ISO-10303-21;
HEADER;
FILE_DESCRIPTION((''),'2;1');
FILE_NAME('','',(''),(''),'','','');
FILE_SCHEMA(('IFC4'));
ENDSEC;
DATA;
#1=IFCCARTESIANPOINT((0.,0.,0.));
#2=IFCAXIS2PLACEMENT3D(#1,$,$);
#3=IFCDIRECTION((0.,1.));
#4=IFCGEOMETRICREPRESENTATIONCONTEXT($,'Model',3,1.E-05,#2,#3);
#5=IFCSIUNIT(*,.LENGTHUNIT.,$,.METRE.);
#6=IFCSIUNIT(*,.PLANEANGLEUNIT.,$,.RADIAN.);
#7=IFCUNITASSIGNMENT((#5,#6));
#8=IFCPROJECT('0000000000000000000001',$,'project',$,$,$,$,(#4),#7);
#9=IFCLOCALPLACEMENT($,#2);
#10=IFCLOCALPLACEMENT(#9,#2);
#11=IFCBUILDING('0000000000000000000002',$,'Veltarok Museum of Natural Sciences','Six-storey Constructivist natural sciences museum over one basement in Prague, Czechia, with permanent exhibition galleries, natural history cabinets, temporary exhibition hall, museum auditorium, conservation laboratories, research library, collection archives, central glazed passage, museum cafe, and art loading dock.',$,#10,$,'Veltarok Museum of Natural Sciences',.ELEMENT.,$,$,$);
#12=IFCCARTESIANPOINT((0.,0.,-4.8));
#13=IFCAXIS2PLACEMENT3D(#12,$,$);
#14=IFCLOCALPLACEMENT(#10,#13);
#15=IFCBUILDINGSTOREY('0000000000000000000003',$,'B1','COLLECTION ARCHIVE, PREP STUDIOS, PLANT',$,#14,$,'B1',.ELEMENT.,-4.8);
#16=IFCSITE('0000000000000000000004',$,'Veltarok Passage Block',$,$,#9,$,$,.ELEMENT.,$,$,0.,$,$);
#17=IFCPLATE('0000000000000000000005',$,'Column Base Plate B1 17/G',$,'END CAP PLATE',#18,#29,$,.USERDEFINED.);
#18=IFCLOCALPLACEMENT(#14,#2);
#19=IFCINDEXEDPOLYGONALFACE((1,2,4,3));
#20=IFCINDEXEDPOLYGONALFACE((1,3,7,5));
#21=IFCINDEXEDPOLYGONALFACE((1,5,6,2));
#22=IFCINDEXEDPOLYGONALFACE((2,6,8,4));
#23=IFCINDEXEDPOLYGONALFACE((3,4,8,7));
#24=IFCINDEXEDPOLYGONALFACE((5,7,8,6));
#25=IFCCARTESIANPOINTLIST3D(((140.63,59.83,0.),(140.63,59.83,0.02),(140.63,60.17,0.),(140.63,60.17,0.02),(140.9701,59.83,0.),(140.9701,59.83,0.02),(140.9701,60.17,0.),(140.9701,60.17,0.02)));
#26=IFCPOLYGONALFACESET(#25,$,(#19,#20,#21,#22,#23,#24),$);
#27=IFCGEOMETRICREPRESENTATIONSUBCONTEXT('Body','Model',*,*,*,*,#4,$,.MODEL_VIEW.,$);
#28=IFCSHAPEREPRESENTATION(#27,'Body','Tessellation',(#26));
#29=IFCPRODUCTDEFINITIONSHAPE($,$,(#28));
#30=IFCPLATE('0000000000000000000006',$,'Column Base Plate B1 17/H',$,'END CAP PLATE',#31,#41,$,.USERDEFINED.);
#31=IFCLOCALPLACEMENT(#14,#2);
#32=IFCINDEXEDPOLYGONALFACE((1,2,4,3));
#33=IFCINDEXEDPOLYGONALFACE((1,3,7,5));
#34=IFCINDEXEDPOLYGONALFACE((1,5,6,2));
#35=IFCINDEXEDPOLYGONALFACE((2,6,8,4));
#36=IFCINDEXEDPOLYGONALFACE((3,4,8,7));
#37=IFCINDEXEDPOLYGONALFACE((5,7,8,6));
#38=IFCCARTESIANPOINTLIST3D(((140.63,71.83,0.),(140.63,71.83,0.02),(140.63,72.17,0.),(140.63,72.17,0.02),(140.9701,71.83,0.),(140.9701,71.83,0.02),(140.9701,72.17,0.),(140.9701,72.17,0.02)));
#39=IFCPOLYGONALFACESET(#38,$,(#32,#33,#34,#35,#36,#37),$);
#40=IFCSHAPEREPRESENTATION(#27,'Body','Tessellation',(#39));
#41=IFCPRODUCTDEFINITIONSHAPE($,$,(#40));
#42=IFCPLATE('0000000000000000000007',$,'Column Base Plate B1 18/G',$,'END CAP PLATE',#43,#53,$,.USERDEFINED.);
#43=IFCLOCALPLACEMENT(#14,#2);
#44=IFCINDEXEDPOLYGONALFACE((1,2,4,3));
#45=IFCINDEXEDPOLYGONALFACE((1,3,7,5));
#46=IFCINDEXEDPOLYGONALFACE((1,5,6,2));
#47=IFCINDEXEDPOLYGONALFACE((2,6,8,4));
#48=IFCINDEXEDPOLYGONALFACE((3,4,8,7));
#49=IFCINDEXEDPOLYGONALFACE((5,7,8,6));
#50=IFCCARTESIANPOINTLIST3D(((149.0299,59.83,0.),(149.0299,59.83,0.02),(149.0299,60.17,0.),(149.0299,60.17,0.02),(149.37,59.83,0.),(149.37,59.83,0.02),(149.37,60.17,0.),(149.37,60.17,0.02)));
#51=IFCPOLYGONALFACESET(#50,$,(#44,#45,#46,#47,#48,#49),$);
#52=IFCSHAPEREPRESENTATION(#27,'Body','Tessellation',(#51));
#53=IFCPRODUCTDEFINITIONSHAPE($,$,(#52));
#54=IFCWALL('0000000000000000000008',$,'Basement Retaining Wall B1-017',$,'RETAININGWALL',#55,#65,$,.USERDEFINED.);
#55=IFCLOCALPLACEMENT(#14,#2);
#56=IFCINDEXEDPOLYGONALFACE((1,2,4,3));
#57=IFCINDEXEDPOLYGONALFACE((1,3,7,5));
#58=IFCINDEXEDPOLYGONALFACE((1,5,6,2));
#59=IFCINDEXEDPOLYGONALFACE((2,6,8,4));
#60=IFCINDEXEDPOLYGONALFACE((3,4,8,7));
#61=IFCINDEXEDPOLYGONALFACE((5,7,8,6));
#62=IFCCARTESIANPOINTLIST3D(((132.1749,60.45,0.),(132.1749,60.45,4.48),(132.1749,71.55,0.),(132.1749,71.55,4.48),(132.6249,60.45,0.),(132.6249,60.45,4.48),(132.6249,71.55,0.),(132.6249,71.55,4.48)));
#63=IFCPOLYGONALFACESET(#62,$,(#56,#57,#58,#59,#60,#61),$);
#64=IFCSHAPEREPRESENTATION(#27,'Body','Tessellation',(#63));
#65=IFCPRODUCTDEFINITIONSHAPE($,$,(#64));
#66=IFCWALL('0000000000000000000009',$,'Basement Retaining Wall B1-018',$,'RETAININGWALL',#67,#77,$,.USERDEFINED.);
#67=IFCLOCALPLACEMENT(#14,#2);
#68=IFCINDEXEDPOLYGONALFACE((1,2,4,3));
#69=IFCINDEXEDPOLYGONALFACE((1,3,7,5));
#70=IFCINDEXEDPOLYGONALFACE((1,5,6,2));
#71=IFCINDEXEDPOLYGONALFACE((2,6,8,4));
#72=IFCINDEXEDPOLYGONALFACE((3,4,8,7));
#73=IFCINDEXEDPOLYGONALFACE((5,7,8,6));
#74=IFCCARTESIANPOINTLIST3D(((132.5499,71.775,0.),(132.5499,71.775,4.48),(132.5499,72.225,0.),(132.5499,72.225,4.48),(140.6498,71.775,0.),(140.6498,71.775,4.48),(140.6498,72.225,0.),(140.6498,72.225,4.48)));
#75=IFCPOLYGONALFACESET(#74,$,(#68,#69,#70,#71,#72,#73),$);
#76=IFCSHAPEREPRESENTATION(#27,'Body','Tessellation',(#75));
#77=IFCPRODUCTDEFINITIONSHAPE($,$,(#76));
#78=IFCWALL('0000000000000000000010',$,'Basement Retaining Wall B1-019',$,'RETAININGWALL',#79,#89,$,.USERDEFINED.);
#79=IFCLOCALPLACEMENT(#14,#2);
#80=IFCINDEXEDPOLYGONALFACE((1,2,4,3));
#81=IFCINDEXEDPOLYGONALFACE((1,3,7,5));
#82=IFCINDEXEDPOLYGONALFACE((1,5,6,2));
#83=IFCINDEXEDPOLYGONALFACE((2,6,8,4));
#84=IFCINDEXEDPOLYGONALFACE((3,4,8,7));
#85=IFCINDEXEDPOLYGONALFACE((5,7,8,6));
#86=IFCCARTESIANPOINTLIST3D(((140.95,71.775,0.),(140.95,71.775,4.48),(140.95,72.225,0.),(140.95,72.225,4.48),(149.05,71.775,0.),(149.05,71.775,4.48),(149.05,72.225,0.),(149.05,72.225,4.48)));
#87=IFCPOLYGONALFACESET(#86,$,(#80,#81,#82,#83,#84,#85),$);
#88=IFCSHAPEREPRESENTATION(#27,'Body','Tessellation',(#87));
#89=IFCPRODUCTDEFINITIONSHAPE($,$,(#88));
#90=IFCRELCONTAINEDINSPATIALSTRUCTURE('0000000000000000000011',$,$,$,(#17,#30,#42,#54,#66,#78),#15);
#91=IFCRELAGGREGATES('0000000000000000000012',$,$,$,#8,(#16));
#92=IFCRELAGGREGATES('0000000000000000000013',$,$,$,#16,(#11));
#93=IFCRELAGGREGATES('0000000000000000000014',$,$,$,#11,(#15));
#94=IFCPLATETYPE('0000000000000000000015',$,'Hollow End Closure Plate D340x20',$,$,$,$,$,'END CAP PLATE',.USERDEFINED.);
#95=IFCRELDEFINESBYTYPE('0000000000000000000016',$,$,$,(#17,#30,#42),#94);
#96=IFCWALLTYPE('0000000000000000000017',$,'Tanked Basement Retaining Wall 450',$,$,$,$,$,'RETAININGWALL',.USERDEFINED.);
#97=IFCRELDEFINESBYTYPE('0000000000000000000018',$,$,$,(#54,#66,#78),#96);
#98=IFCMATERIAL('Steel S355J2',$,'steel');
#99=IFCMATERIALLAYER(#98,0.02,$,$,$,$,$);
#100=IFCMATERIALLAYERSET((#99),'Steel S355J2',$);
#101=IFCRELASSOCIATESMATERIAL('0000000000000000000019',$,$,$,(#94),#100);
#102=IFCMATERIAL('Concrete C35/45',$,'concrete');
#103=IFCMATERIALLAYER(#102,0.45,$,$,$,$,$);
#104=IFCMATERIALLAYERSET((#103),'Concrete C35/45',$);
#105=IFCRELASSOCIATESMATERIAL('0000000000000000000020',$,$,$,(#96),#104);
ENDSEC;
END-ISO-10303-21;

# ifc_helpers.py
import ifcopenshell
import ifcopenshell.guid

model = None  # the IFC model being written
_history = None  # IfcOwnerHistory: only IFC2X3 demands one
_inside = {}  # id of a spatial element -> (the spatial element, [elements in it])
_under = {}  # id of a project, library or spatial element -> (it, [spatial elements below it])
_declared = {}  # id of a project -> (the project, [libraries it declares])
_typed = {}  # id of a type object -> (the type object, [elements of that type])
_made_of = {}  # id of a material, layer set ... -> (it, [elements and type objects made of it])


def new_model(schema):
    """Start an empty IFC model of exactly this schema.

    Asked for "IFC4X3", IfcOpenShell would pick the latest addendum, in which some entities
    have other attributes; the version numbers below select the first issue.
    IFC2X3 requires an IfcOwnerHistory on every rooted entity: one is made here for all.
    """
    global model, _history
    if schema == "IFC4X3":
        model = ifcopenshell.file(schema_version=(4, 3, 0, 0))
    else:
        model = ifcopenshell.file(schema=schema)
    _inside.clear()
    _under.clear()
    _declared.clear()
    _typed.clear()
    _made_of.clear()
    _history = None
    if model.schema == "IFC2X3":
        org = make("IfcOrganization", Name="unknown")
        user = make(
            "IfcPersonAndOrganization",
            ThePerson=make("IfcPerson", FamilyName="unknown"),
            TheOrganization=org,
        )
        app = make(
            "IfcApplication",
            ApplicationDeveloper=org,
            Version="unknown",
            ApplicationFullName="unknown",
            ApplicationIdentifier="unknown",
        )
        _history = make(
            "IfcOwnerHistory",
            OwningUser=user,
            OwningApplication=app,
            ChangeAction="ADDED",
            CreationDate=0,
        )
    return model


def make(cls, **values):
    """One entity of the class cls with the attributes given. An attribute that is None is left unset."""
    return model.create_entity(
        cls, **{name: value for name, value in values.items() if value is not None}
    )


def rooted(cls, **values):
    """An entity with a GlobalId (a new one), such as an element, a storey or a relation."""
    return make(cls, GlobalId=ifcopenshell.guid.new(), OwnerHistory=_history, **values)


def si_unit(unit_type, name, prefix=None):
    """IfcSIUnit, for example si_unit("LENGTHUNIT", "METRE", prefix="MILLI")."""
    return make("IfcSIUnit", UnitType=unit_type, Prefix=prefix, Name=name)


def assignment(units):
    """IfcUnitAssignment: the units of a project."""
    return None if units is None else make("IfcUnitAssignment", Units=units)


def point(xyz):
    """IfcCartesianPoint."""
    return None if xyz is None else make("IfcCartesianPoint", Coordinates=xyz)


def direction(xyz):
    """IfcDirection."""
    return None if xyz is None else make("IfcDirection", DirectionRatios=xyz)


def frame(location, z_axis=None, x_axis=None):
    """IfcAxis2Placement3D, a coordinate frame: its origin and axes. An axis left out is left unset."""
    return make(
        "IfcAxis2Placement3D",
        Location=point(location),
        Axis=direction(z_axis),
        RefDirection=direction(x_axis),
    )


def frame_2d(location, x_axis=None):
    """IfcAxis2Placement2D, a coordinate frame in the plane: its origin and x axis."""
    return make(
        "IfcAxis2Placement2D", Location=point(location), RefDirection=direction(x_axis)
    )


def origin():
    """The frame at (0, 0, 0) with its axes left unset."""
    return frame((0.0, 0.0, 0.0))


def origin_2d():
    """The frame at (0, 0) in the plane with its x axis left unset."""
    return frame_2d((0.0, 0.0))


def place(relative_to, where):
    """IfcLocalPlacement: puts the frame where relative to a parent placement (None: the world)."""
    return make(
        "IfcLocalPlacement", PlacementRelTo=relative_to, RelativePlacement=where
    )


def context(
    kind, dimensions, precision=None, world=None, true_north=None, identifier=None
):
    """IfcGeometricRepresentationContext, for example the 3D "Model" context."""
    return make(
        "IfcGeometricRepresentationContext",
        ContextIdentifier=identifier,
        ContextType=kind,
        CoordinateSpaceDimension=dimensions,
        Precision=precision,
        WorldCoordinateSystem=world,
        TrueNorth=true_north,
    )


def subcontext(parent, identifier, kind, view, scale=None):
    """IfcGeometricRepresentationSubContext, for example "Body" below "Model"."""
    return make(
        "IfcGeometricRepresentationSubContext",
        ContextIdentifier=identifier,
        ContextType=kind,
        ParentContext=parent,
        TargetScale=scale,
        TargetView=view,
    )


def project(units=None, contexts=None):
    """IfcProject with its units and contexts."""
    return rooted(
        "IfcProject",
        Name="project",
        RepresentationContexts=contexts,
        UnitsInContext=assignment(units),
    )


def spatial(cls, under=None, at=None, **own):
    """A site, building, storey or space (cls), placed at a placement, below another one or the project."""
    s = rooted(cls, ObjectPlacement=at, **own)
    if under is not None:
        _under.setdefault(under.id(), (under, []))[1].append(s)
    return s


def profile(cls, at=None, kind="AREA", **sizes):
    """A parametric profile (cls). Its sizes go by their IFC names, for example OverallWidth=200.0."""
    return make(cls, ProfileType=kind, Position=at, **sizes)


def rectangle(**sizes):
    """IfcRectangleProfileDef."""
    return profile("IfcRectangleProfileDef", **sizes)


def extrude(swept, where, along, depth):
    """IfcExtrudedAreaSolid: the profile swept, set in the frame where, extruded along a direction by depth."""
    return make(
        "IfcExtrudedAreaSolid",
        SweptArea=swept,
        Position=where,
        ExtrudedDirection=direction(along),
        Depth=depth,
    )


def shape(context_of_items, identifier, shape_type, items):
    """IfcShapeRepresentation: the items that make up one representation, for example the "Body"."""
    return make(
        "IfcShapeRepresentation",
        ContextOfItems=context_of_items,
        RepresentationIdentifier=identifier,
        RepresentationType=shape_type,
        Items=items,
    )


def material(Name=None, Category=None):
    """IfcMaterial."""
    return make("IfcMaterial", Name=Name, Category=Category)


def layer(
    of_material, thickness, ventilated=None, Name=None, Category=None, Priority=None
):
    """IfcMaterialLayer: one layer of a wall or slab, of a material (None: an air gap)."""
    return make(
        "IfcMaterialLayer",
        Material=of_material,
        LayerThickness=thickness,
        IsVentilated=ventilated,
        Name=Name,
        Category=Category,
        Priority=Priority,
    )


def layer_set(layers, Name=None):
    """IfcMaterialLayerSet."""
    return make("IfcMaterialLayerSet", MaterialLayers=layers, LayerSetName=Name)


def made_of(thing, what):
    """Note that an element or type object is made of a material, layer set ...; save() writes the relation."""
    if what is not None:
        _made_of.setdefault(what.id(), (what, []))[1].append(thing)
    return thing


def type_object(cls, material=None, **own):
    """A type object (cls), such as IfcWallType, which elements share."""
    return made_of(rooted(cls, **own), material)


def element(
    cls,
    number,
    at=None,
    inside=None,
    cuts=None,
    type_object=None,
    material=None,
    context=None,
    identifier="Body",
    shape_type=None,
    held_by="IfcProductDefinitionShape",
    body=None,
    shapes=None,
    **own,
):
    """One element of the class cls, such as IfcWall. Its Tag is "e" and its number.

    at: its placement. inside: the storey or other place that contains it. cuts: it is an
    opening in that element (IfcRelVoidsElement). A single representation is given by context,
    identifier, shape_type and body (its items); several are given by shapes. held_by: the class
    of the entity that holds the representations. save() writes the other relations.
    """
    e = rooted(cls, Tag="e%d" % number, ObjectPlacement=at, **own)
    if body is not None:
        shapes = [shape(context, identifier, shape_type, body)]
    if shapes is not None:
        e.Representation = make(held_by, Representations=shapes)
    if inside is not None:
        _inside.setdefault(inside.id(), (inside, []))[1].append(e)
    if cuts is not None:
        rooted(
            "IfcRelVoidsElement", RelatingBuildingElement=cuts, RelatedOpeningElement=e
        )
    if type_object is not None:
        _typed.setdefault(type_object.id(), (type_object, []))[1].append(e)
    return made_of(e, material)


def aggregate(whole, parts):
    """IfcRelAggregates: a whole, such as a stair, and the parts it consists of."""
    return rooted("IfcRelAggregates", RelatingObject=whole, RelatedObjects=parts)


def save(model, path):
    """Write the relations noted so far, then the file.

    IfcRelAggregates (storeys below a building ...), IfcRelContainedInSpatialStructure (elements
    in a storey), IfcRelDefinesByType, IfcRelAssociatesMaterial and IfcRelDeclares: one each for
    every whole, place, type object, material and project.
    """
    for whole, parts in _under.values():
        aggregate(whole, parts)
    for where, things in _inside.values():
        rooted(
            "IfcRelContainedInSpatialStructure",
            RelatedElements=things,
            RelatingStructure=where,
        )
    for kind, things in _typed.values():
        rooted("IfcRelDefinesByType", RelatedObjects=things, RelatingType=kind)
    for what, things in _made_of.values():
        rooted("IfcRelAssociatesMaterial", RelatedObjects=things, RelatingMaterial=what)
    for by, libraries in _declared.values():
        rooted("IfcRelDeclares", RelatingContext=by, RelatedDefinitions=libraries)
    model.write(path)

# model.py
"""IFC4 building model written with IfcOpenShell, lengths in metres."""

from ifc_helpers import new_model, si_unit, direction, frame, frame_2d, origin, origin_2d, place, context, subcontext, project, spatial, rectangle, extrude, material, layer, layer_set, type_object, element, save


model = new_model("IFC4")

# Units and contexts
model_context = context("Model", 3, precision=1e-05, world=origin(), true_north=direction((0.0, 1.0)))
body_context = subcontext(model_context, "Body", "Model", "MODEL_VIEW")
ifc_project = project(units=[si_unit("LENGTHUNIT", "METRE"), si_unit("PLANEANGLEUNIT", "RADIAN")], contexts=[model_context])

# Site, building, storey
site_placement = place(None, origin())
site = spatial("IfcSite", under=ifc_project, at=site_placement, Name="Veltarok Passage Block", CompositionType="ELEMENT", RefElevation=0.0)
building_placement = place(site_placement, origin())
building = spatial("IfcBuilding", under=site, at=building_placement, Name="Veltarok Museum of Natural Sciences", Description="Six-storey Constructivist natural sciences museum over one basement in Prague, Czechia, with permanent exhibition galleries, natural history cabinets, temporary exhibition hall, museum auditorium, conservation laboratories, research library, collection archives, central glazed passage, museum cafe, and art loading dock.", LongName="Veltarok Museum of Natural Sciences", CompositionType="ELEMENT")
storey_placement = place(building_placement, frame((0.0, 0.0, -4.8)))
storey = spatial("IfcBuildingStorey", under=building, at=storey_placement, Name="B1", Description="COLLECTION ARCHIVE, PREP STUDIOS, PLANT", LongName="B1", CompositionType="ELEMENT", Elevation=-4.8)

# Shared definitions
ifc_material_1 = material(Name="Concrete C35/45", Category="concrete")

# Shared definitions
ifc_material_2 = material(Name="Steel S355J2", Category="steel")

# Plates
ifc_layer_1 = layer(ifc_material_2, 0.02)
ifc_layer_set_1 = layer_set([ifc_layer_1], Name="Steel S355J2")
plate_type = type_object("IfcPlateType", Name="Hollow End Closure Plate D340x20", ElementType="END CAP PLATE", PredefinedType="USERDEFINED", material=ifc_layer_set_1)
for number, where, z_axis, x_axis, name in (
    (1, (140.8, 60.0, 0.0), (0.0, 0.0, 1.0), (1.0, 0.0, 0.0), "Column Base Plate B1 17/G"),
    (2, (140.8, 72.0, 0.0), (0.0, 0.0, 1.0), (1.0, 0.0, 0.0), "Column Base Plate B1 17/H"),
    (3, (149.2, 60.0, 0.0), (0.0, 0.0, 1.0), (1.0, 0.0, 0.0), "Column Base Plate B1 18/G"),
):
    element("IfcPlate", number, at=place(storey_placement, frame(where, z_axis=z_axis, x_axis=x_axis)), inside=storey, type_object=plate_type, Name=name, ObjectType="END CAP PLATE", PredefinedType="USERDEFINED", context=body_context, shape_type="SweptSolid", body=[
        extrude(rectangle(XDim=0.3401, YDim=0.3401, at=origin_2d()), origin(), (0.0, 0.0, 1.0), 0.02),
    ])

# Walls
ifc_layer_2 = layer(ifc_material_1, 0.45)
ifc_layer_set_2 = layer_set([ifc_layer_2], Name="Concrete C35/45")
wall_type = type_object("IfcWallType", Name="Tanked Basement Retaining Wall 450", ElementType="RETAININGWALL", PredefinedType="USERDEFINED", material=ifc_layer_set_2)
wall_1_placement = place(storey_placement, frame((132.3999, 60.45, 0.0), z_axis=(0.0, 0.0, 1.0), x_axis=(0.0, 1.0, 0.0)))
element("IfcWall", 4, at=wall_1_placement, inside=storey, type_object=wall_type, Name="Basement Retaining Wall B1-017", ObjectType="RETAININGWALL", PredefinedType="USERDEFINED", context=body_context, shape_type="SweptSolid", body=[
    extrude(rectangle(XDim=11.1001, YDim=0.45, at=frame_2d((5.55, 0.0))), origin(), (0.0, 0.0, 1.0), 4.48),
])
wall_2_placement = place(storey_placement, frame((132.55, 72.0, 0.0), z_axis=(0.0, 0.0, 1.0), x_axis=(1.0, 0.0, 0.0)))
element("IfcWall", 5, at=wall_2_placement, inside=storey, type_object=wall_type, Name="Basement Retaining Wall B1-018", ObjectType="RETAININGWALL", PredefinedType="USERDEFINED", context=body_context, shape_type="SweptSolid", body=[
    extrude(rectangle(XDim=8.0999, YDim=0.45, at=frame_2d((4.0498, 0.0))), origin(), (0.0, 0.0, 1.0), 4.48),
])
wall_3_placement = place(storey_placement, frame((140.95, 72.0, 0.0), z_axis=(0.0, 0.0, 1.0), x_axis=(1.0, 0.0, 0.0)))
element("IfcWall", 6, at=wall_3_placement, inside=storey, type_object=wall_type, Name="Basement Retaining Wall B1-019", ObjectType="RETAININGWALL", PredefinedType="USERDEFINED", context=body_context, shape_type="SweptSolid", body=[
    extrude(rectangle(XDim=8.1001, YDim=0.45, at=frame_2d((4.05, 0.0))), origin(), (0.0, 0.0, 1.0), 4.48),
])

save(model, "model.ifc")
